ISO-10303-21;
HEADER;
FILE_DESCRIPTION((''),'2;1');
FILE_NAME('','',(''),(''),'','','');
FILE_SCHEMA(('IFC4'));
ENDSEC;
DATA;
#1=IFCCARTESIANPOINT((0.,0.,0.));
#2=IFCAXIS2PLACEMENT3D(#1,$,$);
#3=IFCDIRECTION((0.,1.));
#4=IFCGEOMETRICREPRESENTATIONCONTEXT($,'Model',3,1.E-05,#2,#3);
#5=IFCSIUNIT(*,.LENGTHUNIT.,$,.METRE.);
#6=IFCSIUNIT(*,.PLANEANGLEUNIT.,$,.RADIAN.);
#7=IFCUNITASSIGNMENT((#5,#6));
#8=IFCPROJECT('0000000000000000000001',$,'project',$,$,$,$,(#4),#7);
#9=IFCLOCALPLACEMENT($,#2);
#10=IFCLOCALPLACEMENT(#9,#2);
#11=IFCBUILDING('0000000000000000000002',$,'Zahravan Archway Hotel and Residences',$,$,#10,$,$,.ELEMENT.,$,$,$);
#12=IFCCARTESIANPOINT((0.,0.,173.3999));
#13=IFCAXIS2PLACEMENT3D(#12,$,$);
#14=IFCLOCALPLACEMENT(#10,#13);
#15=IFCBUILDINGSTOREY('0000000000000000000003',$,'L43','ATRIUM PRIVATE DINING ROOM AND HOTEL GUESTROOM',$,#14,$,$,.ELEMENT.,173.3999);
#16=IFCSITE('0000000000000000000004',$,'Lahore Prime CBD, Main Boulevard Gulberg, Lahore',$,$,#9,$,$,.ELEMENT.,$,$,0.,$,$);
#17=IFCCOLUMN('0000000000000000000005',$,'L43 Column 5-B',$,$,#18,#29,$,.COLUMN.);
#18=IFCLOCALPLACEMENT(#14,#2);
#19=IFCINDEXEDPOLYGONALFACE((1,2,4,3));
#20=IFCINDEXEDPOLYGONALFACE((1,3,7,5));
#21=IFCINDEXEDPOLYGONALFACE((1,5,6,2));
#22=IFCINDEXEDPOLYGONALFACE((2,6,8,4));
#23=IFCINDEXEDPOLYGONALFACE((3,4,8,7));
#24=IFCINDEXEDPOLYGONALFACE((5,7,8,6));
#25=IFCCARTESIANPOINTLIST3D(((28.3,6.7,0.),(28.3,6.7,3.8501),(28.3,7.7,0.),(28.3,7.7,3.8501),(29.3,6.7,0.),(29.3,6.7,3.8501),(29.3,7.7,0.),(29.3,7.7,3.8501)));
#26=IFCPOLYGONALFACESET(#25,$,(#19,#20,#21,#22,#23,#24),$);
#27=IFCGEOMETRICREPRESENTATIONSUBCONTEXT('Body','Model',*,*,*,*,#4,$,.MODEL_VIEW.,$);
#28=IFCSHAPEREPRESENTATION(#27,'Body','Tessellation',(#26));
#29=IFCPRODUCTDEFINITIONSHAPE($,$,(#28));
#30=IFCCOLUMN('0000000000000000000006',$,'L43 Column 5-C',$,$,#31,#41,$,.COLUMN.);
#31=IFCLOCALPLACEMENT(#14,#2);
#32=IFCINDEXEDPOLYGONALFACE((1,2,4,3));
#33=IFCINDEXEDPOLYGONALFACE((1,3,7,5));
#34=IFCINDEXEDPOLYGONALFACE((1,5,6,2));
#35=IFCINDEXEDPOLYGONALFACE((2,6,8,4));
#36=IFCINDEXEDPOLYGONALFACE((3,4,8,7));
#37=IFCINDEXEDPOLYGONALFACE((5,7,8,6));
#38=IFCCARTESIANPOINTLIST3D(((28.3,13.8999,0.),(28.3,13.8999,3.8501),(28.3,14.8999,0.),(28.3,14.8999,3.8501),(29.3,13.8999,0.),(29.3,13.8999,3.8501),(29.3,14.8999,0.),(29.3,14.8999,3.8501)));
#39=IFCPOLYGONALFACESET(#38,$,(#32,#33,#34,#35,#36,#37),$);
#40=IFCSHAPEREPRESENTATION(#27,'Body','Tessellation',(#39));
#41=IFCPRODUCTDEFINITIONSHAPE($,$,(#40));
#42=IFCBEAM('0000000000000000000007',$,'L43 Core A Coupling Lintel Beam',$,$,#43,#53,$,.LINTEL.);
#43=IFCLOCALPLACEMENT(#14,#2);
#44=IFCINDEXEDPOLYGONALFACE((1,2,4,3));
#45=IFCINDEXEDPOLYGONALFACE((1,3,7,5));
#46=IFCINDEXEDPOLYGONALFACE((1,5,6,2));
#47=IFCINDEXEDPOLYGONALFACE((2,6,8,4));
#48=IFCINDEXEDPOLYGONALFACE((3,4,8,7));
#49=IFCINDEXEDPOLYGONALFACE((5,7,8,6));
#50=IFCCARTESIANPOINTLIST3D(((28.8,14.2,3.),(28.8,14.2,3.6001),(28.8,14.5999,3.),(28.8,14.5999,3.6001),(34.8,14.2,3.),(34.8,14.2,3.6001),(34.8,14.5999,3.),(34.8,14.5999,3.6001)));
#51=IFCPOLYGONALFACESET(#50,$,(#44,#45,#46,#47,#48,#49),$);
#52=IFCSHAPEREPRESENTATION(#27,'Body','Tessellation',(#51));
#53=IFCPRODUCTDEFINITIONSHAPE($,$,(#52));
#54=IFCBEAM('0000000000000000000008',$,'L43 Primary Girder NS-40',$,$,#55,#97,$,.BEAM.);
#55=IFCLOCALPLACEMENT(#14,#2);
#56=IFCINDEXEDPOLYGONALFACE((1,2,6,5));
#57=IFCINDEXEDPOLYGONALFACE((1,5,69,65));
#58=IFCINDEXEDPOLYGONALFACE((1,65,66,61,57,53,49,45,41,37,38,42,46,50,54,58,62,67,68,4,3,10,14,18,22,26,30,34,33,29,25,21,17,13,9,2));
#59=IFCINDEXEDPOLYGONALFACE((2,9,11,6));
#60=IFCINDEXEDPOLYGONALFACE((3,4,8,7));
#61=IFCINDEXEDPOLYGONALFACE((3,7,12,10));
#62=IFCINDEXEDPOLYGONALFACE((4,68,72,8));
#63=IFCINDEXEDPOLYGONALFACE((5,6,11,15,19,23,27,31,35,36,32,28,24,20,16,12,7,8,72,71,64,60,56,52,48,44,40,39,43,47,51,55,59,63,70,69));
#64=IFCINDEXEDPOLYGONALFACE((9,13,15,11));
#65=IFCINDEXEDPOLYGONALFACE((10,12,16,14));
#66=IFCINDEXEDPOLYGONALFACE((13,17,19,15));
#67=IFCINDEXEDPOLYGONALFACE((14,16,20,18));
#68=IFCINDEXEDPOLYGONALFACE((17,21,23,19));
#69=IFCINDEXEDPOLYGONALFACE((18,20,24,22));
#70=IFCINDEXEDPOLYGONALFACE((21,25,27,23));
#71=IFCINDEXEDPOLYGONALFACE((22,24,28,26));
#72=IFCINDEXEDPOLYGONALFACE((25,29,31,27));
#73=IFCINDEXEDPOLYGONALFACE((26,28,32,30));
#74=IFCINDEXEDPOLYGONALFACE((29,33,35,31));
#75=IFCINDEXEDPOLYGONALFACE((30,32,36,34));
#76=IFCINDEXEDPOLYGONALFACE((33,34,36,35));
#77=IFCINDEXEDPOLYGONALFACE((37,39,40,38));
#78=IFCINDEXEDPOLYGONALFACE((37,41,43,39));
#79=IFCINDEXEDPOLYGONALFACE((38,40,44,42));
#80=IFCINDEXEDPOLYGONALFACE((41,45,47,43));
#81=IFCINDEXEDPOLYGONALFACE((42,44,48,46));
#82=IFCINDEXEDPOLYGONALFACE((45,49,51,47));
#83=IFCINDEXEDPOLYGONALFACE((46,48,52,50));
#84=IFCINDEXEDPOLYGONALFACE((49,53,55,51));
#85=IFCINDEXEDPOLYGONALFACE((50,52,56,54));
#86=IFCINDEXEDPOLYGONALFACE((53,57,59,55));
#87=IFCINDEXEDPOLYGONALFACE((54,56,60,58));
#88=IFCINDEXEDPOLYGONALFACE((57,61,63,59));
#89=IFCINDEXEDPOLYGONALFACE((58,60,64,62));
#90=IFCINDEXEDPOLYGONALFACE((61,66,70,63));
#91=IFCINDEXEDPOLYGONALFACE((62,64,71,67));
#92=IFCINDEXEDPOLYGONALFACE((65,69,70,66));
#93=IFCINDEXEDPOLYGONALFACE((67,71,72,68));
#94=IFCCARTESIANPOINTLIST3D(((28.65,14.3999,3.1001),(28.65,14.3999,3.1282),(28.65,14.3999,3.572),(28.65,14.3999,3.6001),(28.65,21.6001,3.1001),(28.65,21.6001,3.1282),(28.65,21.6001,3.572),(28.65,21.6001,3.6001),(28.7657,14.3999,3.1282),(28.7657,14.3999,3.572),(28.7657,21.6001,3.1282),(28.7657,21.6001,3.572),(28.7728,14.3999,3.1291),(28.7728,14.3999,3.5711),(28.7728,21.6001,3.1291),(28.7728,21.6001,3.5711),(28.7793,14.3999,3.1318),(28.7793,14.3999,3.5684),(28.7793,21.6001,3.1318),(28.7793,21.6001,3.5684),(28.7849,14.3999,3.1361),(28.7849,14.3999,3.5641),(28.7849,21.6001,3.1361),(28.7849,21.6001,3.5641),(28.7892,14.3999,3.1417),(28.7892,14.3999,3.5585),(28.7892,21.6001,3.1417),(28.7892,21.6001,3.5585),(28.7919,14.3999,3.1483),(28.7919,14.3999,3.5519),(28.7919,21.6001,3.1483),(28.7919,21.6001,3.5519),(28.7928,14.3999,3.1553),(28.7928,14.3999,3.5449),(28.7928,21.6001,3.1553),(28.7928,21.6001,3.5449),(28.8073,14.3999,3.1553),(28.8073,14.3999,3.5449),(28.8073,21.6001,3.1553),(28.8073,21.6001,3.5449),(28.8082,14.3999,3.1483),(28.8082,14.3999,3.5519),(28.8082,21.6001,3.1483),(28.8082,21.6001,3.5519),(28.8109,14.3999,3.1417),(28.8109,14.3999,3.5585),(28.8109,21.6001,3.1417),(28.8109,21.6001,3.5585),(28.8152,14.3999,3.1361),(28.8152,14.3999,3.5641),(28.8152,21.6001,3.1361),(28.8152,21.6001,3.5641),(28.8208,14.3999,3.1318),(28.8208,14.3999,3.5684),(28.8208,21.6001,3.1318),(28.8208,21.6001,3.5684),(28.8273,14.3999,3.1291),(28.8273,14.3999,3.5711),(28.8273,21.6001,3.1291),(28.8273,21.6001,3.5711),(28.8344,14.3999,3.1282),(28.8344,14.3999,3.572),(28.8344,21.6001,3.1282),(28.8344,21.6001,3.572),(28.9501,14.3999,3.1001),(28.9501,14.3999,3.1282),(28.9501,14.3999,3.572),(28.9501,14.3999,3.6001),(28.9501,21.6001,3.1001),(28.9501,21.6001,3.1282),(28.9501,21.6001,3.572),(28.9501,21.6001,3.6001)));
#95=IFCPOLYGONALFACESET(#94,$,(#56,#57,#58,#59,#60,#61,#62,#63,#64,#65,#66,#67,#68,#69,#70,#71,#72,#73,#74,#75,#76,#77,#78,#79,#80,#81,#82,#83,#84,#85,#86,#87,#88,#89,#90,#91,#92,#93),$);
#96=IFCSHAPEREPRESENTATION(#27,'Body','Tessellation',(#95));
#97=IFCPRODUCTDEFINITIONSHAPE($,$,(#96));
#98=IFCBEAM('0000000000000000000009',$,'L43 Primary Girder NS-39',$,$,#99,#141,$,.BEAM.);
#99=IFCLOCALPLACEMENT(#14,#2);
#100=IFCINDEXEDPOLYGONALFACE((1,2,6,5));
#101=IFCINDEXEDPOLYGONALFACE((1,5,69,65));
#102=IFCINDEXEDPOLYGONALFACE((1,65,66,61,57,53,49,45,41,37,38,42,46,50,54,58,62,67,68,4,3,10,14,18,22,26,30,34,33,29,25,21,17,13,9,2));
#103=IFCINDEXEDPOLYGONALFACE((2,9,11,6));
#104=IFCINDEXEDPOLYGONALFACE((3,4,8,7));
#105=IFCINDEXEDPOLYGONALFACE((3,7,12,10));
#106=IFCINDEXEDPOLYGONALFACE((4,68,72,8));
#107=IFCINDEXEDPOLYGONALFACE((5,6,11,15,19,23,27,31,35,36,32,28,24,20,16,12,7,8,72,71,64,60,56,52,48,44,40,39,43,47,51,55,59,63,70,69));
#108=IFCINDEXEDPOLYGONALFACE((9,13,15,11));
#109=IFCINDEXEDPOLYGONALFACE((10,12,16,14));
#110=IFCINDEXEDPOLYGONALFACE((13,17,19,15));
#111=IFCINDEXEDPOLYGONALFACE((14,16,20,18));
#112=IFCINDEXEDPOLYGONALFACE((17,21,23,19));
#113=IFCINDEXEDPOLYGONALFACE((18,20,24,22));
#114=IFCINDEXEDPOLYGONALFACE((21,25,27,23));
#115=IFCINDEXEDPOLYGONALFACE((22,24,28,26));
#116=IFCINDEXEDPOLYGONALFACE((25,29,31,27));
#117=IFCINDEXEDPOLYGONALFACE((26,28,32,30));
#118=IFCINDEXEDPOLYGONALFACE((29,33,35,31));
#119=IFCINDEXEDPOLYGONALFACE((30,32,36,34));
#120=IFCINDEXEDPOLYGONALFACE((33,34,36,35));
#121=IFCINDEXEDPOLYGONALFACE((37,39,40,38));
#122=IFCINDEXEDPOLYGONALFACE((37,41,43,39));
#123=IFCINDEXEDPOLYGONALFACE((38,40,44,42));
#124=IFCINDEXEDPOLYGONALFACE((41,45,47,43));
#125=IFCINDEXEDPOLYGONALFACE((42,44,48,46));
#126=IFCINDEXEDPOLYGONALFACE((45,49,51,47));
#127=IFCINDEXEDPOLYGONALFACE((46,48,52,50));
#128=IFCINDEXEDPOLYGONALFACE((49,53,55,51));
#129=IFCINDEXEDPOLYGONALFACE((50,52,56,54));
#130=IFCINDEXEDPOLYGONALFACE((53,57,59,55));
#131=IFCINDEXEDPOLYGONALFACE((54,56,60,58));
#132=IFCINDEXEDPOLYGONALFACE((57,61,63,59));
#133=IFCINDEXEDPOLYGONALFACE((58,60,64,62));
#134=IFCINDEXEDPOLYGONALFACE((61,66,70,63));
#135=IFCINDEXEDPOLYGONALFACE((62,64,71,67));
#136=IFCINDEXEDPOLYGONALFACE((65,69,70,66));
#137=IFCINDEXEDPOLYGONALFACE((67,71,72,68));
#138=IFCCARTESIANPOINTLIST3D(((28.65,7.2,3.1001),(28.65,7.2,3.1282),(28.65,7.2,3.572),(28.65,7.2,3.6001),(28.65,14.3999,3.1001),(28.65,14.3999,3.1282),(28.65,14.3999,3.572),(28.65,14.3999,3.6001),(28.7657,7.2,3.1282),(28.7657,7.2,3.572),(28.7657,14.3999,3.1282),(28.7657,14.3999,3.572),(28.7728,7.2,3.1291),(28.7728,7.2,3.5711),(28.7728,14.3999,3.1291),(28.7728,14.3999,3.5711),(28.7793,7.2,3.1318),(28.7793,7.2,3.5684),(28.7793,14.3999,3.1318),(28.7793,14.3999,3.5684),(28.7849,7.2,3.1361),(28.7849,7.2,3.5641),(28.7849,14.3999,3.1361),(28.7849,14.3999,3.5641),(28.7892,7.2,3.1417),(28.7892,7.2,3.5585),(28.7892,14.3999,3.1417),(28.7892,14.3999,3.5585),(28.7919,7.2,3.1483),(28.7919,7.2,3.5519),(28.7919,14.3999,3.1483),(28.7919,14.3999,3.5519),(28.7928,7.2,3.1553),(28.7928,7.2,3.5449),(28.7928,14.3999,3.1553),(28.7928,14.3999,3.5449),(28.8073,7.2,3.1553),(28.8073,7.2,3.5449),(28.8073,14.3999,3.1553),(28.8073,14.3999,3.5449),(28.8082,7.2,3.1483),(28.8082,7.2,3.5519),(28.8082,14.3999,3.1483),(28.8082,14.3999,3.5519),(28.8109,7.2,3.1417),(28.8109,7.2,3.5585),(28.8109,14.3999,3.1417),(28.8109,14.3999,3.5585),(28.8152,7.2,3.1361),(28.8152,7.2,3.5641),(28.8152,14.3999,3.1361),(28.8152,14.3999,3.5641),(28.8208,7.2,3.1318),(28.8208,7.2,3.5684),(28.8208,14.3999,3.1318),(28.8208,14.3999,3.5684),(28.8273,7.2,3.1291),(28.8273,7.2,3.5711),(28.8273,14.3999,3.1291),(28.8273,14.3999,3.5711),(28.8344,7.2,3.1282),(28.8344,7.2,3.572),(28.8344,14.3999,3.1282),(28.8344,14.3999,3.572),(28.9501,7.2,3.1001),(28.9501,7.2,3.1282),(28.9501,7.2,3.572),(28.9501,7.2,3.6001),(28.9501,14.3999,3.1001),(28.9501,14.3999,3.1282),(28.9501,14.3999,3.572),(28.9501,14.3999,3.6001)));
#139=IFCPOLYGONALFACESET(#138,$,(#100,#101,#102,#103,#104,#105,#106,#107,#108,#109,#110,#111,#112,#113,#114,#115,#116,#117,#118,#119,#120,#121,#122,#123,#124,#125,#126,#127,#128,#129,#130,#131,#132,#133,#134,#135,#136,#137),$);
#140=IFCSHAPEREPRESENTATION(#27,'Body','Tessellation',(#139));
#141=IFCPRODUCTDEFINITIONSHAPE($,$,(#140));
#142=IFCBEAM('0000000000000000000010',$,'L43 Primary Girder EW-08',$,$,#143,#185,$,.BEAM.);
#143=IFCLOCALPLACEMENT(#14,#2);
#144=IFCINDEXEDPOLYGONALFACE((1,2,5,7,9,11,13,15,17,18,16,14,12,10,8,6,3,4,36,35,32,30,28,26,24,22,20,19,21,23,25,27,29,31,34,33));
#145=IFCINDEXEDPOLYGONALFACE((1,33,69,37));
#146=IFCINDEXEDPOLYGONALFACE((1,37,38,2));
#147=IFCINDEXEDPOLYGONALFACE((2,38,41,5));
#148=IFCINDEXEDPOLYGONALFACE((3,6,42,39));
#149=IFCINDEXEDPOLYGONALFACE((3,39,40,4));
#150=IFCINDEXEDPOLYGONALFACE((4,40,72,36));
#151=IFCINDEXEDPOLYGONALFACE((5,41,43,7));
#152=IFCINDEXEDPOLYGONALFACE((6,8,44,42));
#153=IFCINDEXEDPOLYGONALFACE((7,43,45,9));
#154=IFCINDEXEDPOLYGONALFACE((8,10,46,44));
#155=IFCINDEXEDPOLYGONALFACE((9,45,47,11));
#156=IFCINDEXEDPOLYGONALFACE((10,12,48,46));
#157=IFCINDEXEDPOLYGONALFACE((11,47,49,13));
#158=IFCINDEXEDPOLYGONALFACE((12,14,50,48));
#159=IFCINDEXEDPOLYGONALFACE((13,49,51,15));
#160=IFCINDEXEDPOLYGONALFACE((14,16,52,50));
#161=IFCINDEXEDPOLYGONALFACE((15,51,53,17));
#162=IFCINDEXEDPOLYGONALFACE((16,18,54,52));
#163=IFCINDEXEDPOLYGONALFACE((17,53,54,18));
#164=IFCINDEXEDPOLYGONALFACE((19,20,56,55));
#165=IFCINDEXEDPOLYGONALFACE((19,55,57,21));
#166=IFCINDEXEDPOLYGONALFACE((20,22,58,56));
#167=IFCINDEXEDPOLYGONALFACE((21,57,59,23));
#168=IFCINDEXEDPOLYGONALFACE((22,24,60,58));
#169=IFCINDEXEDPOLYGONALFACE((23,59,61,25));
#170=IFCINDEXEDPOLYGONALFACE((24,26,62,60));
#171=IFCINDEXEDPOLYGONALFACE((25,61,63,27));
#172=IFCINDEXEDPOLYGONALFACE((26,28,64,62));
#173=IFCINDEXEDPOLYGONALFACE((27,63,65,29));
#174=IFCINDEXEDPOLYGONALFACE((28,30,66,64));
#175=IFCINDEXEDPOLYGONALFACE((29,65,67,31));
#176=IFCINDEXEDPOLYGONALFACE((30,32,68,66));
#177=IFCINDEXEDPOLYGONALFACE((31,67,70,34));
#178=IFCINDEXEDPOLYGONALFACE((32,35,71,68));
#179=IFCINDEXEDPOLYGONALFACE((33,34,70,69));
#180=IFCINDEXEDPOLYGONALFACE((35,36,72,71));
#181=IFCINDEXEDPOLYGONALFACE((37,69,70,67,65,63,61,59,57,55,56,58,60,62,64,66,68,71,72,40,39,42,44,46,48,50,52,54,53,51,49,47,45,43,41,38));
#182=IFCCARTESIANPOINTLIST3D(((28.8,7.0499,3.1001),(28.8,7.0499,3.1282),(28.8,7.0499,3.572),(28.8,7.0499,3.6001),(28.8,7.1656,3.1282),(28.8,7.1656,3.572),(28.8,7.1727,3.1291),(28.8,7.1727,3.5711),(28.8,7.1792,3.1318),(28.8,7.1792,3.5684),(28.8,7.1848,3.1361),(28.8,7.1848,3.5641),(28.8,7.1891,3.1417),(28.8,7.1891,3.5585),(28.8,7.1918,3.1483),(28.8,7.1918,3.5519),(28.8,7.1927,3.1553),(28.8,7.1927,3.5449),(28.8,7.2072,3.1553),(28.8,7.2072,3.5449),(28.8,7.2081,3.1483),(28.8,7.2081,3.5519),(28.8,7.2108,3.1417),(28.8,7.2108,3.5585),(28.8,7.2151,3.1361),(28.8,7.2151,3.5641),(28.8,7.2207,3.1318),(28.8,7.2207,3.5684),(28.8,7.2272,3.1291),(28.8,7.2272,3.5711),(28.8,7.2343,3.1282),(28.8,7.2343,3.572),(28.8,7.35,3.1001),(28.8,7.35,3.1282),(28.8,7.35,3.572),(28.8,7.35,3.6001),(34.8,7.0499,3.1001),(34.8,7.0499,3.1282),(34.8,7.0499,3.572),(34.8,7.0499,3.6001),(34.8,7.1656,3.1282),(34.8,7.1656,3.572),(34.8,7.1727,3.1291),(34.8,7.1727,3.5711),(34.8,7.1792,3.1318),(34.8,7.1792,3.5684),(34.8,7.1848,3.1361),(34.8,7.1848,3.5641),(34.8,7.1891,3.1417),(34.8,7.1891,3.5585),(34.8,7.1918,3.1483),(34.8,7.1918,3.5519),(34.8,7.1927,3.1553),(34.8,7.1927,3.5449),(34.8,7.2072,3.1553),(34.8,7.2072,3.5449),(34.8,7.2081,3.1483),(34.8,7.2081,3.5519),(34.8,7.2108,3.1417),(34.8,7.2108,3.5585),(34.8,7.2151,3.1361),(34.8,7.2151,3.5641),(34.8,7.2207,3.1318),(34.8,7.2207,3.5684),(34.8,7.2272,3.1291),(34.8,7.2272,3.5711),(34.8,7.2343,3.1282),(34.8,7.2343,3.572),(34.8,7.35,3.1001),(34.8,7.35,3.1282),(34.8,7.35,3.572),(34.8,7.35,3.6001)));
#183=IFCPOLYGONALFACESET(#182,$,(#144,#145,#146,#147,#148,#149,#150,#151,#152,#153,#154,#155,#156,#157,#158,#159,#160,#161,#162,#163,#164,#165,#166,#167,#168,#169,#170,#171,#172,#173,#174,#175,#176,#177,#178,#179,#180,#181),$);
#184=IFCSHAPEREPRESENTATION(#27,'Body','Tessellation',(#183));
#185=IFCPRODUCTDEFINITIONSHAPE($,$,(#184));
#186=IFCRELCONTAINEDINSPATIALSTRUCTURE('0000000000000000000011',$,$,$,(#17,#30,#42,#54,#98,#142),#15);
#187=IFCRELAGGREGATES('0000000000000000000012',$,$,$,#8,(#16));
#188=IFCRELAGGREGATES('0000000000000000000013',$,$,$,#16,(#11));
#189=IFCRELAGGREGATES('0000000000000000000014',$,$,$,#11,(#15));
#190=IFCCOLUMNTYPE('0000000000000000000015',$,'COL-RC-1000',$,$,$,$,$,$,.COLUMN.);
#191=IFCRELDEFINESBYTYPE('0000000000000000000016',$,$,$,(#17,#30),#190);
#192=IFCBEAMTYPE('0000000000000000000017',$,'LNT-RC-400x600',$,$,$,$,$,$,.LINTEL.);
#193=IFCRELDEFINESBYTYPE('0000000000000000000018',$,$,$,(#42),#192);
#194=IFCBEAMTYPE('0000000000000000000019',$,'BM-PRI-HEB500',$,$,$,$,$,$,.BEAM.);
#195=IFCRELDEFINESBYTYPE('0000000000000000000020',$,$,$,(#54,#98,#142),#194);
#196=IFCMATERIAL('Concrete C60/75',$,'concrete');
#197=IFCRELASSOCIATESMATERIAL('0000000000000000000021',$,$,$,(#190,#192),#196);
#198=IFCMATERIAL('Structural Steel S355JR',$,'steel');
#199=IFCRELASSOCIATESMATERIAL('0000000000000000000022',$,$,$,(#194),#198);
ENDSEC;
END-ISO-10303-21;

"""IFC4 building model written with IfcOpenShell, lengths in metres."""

from ifc_helpers import new_model, si_unit, direction, frame, origin, origin_2d, place, context, subcontext, project, spatial, rectangle, i_section, extrude, source, transform, mapped, material, material_profile, profile_set, type_object, type_shapes, element, save


model = new_model("IFC4")

# Units and contexts
model_context = context("Model", 3, precision=1e-05, world=origin(), true_north=direction((0.0, 1.0)))
body_context = subcontext(model_context, "Body", "Model", "MODEL_VIEW")
ifc_project = project(units=[si_unit("LENGTHUNIT", "METRE"), si_unit("PLANEANGLEUNIT", "RADIAN")], contexts=[model_context])

# Site, building, storey
site_placement = place(None, origin())
site = spatial("IfcSite", under=ifc_project, at=site_placement, Name="Lahore Prime CBD, Main Boulevard Gulberg, Lahore", CompositionType="ELEMENT", RefElevation=0.0)
building_placement = place(site_placement, origin())
building = spatial("IfcBuilding", under=site, at=building_placement, Name="Zahravan Archway Hotel and Residences", CompositionType="ELEMENT")
storey_placement = place(building_placement, frame((0.0, 0.0, 173.3999)))
storey = spatial("IfcBuildingStorey", under=building, at=storey_placement, Name="L43", Description="ATRIUM PRIVATE DINING ROOM AND HOTEL GUESTROOM", CompositionType="ELEMENT", Elevation=173.3999)

# Columns
ifc_material_1 = material(Name="Concrete C60/75", Category="concrete")
ifc_material_profile_1 = material_profile(ifc_material_1, rectangle(XDim=1.0, YDim=1.0, at=origin_2d()), Name="RC-COL-1000x1000", Category="concrete")
ifc_profile_set_1 = profile_set([ifc_material_profile_1], Name="Concrete C60/75")
column_type = type_object("IfcColumnType", Name="COL-RC-1000", PredefinedType="COLUMN", material=ifc_profile_set_1)
shared_shape_1 = source(origin(), body_context, "Body", "SweptSolid", [
    extrude(rectangle(XDim=1.0, YDim=1.0, at=origin_2d()), origin(), (0.0, 0.0, 1.0), 3.8501),
])
for number, where, z_axis, x_axis, name in (
    (1, (28.8, 7.2, 0.0), (0.0, 0.0, 1.0), (1.0, 0.0, 0.0), "L43 Column 5-B"),
    (2, (28.8, 14.3999, 0.0), (0.0, 0.0, 1.0), (1.0, 0.0, 0.0), "L43 Column 5-C"),
):
    element("IfcColumn", number, at=place(storey_placement, frame(where, z_axis=z_axis, x_axis=x_axis)), inside=storey, type_object=column_type, Name=name, PredefinedType="COLUMN", context=body_context, shape_type="MappedRepresentation", body=[
        mapped(shared_shape_1, transform((0.0, 0.0, 0.0), scale=1.0)),
    ])

# Beams
ifc_material_profile_2 = material_profile(ifc_material_1, rectangle(XDim=0.3999, YDim=0.6001, at=origin_2d()), Name="RC-LNT-400x600", Category="concrete")
ifc_profile_set_2 = profile_set([ifc_material_profile_2], Name="Concrete C60/75")
beam_type_1 = type_object("IfcBeamType", Name="LNT-RC-400x600", PredefinedType="LINTEL", material=ifc_profile_set_2)
shared_shape_2 = source(origin(), body_context, "Body", "SweptSolid", [
    extrude(rectangle(XDim=0.3999, YDim=0.6001, at=origin_2d()), origin(), (0.0, 0.0, 1.0), 6.0),
])
type_shapes(beam_type_1, [shared_shape_2])
beam_1_placement = place(storey_placement, frame((28.8, 14.3999, 3.3), z_axis=(1.0, 0.0, 0.0), x_axis=(0.0, 1.0, 0.0)))
element("IfcBeam", 3, at=beam_1_placement, inside=storey, type_object=beam_type_1, Name="L43 Core A Coupling Lintel Beam", PredefinedType="LINTEL", context=body_context, shape_type="MappedRepresentation", body=[
    mapped(shared_shape_2, transform((0.0, 0.0, 0.0), scale=1.0)),
])
ifc_material_2 = material(Name="Structural Steel S355JR", Category="steel")
ifc_material_profile_3 = material_profile(ifc_material_2, i_section(OverallWidth=0.3, OverallDepth=0.5, WebThickness=0.0144, FlangeThickness=0.0281, FilletRadius=0.0271, at=origin_2d()), Name="HEB 500", Category="steel")
ifc_profile_set_3 = profile_set([ifc_material_profile_3], Name="Structural Steel S355JR")
beam_type_2 = type_object("IfcBeamType", Name="BM-PRI-HEB500", PredefinedType="BEAM", material=ifc_profile_set_3)
shared_shape_3 = source(origin(), body_context, "Body", "SweptSolid", [
    extrude(i_section(OverallWidth=0.3, OverallDepth=0.5, WebThickness=0.0144, FlangeThickness=0.0281, FilletRadius=0.0271, at=origin_2d()), origin(), (0.0, 0.0, 1.0), 7.2002),
])
type_shapes(beam_type_2, [shared_shape_3])
beam_2_placement = place(storey_placement, frame((28.8, 14.3999, 3.3501), z_axis=(0.0, 1.0, 0.0), x_axis=(-1.0, 0.0, 0.0)))
element("IfcBeam", 4, at=beam_2_placement, inside=storey, type_object=beam_type_2, Name="L43 Primary Girder NS-40", PredefinedType="BEAM", context=body_context, shape_type="MappedRepresentation", body=[
    mapped(shared_shape_3, transform((0.0, 0.0, 0.0), scale=1.0)),
])
shared_shape_4 = source(origin(), body_context, "Body", "SweptSolid", [
    extrude(i_section(OverallWidth=0.3, OverallDepth=0.5, WebThickness=0.0144, FlangeThickness=0.0281, FilletRadius=0.0271, at=origin_2d()), origin(), (0.0, 0.0, 1.0), 7.2),
])
beam_3_placement = place(storey_placement, frame((28.8, 7.2, 3.3501), z_axis=(0.0, 1.0, 0.0), x_axis=(-1.0, 0.0, 0.0)))
element("IfcBeam", 5, at=beam_3_placement, inside=storey, type_object=beam_type_2, Name="L43 Primary Girder NS-39", PredefinedType="BEAM", context=body_context, shape_type="MappedRepresentation", body=[
    mapped(shared_shape_4, transform((0.0, 0.0, 0.0), scale=1.0)),
])
shared_shape_5 = source(origin(), body_context, "Body", "SweptSolid", [
    extrude(i_section(OverallWidth=0.3, OverallDepth=0.5, WebThickness=0.0144, FlangeThickness=0.0281, FilletRadius=0.0271, at=origin_2d()), origin(), (0.0, 0.0, 1.0), 6.0),
])
beam_4_placement = place(storey_placement, frame((28.8, 7.2, 3.3501), z_axis=(1.0, 0.0, 0.0), x_axis=(0.0, 1.0, 0.0)))
element("IfcBeam", 6, at=beam_4_placement, inside=storey, type_object=beam_type_2, Name="L43 Primary Girder EW-08", PredefinedType="BEAM", context=body_context, shape_type="MappedRepresentation", body=[
    mapped(shared_shape_5, transform((0.0, 0.0, 0.0), scale=1.0)),
])

save(model, "model.ifc")
